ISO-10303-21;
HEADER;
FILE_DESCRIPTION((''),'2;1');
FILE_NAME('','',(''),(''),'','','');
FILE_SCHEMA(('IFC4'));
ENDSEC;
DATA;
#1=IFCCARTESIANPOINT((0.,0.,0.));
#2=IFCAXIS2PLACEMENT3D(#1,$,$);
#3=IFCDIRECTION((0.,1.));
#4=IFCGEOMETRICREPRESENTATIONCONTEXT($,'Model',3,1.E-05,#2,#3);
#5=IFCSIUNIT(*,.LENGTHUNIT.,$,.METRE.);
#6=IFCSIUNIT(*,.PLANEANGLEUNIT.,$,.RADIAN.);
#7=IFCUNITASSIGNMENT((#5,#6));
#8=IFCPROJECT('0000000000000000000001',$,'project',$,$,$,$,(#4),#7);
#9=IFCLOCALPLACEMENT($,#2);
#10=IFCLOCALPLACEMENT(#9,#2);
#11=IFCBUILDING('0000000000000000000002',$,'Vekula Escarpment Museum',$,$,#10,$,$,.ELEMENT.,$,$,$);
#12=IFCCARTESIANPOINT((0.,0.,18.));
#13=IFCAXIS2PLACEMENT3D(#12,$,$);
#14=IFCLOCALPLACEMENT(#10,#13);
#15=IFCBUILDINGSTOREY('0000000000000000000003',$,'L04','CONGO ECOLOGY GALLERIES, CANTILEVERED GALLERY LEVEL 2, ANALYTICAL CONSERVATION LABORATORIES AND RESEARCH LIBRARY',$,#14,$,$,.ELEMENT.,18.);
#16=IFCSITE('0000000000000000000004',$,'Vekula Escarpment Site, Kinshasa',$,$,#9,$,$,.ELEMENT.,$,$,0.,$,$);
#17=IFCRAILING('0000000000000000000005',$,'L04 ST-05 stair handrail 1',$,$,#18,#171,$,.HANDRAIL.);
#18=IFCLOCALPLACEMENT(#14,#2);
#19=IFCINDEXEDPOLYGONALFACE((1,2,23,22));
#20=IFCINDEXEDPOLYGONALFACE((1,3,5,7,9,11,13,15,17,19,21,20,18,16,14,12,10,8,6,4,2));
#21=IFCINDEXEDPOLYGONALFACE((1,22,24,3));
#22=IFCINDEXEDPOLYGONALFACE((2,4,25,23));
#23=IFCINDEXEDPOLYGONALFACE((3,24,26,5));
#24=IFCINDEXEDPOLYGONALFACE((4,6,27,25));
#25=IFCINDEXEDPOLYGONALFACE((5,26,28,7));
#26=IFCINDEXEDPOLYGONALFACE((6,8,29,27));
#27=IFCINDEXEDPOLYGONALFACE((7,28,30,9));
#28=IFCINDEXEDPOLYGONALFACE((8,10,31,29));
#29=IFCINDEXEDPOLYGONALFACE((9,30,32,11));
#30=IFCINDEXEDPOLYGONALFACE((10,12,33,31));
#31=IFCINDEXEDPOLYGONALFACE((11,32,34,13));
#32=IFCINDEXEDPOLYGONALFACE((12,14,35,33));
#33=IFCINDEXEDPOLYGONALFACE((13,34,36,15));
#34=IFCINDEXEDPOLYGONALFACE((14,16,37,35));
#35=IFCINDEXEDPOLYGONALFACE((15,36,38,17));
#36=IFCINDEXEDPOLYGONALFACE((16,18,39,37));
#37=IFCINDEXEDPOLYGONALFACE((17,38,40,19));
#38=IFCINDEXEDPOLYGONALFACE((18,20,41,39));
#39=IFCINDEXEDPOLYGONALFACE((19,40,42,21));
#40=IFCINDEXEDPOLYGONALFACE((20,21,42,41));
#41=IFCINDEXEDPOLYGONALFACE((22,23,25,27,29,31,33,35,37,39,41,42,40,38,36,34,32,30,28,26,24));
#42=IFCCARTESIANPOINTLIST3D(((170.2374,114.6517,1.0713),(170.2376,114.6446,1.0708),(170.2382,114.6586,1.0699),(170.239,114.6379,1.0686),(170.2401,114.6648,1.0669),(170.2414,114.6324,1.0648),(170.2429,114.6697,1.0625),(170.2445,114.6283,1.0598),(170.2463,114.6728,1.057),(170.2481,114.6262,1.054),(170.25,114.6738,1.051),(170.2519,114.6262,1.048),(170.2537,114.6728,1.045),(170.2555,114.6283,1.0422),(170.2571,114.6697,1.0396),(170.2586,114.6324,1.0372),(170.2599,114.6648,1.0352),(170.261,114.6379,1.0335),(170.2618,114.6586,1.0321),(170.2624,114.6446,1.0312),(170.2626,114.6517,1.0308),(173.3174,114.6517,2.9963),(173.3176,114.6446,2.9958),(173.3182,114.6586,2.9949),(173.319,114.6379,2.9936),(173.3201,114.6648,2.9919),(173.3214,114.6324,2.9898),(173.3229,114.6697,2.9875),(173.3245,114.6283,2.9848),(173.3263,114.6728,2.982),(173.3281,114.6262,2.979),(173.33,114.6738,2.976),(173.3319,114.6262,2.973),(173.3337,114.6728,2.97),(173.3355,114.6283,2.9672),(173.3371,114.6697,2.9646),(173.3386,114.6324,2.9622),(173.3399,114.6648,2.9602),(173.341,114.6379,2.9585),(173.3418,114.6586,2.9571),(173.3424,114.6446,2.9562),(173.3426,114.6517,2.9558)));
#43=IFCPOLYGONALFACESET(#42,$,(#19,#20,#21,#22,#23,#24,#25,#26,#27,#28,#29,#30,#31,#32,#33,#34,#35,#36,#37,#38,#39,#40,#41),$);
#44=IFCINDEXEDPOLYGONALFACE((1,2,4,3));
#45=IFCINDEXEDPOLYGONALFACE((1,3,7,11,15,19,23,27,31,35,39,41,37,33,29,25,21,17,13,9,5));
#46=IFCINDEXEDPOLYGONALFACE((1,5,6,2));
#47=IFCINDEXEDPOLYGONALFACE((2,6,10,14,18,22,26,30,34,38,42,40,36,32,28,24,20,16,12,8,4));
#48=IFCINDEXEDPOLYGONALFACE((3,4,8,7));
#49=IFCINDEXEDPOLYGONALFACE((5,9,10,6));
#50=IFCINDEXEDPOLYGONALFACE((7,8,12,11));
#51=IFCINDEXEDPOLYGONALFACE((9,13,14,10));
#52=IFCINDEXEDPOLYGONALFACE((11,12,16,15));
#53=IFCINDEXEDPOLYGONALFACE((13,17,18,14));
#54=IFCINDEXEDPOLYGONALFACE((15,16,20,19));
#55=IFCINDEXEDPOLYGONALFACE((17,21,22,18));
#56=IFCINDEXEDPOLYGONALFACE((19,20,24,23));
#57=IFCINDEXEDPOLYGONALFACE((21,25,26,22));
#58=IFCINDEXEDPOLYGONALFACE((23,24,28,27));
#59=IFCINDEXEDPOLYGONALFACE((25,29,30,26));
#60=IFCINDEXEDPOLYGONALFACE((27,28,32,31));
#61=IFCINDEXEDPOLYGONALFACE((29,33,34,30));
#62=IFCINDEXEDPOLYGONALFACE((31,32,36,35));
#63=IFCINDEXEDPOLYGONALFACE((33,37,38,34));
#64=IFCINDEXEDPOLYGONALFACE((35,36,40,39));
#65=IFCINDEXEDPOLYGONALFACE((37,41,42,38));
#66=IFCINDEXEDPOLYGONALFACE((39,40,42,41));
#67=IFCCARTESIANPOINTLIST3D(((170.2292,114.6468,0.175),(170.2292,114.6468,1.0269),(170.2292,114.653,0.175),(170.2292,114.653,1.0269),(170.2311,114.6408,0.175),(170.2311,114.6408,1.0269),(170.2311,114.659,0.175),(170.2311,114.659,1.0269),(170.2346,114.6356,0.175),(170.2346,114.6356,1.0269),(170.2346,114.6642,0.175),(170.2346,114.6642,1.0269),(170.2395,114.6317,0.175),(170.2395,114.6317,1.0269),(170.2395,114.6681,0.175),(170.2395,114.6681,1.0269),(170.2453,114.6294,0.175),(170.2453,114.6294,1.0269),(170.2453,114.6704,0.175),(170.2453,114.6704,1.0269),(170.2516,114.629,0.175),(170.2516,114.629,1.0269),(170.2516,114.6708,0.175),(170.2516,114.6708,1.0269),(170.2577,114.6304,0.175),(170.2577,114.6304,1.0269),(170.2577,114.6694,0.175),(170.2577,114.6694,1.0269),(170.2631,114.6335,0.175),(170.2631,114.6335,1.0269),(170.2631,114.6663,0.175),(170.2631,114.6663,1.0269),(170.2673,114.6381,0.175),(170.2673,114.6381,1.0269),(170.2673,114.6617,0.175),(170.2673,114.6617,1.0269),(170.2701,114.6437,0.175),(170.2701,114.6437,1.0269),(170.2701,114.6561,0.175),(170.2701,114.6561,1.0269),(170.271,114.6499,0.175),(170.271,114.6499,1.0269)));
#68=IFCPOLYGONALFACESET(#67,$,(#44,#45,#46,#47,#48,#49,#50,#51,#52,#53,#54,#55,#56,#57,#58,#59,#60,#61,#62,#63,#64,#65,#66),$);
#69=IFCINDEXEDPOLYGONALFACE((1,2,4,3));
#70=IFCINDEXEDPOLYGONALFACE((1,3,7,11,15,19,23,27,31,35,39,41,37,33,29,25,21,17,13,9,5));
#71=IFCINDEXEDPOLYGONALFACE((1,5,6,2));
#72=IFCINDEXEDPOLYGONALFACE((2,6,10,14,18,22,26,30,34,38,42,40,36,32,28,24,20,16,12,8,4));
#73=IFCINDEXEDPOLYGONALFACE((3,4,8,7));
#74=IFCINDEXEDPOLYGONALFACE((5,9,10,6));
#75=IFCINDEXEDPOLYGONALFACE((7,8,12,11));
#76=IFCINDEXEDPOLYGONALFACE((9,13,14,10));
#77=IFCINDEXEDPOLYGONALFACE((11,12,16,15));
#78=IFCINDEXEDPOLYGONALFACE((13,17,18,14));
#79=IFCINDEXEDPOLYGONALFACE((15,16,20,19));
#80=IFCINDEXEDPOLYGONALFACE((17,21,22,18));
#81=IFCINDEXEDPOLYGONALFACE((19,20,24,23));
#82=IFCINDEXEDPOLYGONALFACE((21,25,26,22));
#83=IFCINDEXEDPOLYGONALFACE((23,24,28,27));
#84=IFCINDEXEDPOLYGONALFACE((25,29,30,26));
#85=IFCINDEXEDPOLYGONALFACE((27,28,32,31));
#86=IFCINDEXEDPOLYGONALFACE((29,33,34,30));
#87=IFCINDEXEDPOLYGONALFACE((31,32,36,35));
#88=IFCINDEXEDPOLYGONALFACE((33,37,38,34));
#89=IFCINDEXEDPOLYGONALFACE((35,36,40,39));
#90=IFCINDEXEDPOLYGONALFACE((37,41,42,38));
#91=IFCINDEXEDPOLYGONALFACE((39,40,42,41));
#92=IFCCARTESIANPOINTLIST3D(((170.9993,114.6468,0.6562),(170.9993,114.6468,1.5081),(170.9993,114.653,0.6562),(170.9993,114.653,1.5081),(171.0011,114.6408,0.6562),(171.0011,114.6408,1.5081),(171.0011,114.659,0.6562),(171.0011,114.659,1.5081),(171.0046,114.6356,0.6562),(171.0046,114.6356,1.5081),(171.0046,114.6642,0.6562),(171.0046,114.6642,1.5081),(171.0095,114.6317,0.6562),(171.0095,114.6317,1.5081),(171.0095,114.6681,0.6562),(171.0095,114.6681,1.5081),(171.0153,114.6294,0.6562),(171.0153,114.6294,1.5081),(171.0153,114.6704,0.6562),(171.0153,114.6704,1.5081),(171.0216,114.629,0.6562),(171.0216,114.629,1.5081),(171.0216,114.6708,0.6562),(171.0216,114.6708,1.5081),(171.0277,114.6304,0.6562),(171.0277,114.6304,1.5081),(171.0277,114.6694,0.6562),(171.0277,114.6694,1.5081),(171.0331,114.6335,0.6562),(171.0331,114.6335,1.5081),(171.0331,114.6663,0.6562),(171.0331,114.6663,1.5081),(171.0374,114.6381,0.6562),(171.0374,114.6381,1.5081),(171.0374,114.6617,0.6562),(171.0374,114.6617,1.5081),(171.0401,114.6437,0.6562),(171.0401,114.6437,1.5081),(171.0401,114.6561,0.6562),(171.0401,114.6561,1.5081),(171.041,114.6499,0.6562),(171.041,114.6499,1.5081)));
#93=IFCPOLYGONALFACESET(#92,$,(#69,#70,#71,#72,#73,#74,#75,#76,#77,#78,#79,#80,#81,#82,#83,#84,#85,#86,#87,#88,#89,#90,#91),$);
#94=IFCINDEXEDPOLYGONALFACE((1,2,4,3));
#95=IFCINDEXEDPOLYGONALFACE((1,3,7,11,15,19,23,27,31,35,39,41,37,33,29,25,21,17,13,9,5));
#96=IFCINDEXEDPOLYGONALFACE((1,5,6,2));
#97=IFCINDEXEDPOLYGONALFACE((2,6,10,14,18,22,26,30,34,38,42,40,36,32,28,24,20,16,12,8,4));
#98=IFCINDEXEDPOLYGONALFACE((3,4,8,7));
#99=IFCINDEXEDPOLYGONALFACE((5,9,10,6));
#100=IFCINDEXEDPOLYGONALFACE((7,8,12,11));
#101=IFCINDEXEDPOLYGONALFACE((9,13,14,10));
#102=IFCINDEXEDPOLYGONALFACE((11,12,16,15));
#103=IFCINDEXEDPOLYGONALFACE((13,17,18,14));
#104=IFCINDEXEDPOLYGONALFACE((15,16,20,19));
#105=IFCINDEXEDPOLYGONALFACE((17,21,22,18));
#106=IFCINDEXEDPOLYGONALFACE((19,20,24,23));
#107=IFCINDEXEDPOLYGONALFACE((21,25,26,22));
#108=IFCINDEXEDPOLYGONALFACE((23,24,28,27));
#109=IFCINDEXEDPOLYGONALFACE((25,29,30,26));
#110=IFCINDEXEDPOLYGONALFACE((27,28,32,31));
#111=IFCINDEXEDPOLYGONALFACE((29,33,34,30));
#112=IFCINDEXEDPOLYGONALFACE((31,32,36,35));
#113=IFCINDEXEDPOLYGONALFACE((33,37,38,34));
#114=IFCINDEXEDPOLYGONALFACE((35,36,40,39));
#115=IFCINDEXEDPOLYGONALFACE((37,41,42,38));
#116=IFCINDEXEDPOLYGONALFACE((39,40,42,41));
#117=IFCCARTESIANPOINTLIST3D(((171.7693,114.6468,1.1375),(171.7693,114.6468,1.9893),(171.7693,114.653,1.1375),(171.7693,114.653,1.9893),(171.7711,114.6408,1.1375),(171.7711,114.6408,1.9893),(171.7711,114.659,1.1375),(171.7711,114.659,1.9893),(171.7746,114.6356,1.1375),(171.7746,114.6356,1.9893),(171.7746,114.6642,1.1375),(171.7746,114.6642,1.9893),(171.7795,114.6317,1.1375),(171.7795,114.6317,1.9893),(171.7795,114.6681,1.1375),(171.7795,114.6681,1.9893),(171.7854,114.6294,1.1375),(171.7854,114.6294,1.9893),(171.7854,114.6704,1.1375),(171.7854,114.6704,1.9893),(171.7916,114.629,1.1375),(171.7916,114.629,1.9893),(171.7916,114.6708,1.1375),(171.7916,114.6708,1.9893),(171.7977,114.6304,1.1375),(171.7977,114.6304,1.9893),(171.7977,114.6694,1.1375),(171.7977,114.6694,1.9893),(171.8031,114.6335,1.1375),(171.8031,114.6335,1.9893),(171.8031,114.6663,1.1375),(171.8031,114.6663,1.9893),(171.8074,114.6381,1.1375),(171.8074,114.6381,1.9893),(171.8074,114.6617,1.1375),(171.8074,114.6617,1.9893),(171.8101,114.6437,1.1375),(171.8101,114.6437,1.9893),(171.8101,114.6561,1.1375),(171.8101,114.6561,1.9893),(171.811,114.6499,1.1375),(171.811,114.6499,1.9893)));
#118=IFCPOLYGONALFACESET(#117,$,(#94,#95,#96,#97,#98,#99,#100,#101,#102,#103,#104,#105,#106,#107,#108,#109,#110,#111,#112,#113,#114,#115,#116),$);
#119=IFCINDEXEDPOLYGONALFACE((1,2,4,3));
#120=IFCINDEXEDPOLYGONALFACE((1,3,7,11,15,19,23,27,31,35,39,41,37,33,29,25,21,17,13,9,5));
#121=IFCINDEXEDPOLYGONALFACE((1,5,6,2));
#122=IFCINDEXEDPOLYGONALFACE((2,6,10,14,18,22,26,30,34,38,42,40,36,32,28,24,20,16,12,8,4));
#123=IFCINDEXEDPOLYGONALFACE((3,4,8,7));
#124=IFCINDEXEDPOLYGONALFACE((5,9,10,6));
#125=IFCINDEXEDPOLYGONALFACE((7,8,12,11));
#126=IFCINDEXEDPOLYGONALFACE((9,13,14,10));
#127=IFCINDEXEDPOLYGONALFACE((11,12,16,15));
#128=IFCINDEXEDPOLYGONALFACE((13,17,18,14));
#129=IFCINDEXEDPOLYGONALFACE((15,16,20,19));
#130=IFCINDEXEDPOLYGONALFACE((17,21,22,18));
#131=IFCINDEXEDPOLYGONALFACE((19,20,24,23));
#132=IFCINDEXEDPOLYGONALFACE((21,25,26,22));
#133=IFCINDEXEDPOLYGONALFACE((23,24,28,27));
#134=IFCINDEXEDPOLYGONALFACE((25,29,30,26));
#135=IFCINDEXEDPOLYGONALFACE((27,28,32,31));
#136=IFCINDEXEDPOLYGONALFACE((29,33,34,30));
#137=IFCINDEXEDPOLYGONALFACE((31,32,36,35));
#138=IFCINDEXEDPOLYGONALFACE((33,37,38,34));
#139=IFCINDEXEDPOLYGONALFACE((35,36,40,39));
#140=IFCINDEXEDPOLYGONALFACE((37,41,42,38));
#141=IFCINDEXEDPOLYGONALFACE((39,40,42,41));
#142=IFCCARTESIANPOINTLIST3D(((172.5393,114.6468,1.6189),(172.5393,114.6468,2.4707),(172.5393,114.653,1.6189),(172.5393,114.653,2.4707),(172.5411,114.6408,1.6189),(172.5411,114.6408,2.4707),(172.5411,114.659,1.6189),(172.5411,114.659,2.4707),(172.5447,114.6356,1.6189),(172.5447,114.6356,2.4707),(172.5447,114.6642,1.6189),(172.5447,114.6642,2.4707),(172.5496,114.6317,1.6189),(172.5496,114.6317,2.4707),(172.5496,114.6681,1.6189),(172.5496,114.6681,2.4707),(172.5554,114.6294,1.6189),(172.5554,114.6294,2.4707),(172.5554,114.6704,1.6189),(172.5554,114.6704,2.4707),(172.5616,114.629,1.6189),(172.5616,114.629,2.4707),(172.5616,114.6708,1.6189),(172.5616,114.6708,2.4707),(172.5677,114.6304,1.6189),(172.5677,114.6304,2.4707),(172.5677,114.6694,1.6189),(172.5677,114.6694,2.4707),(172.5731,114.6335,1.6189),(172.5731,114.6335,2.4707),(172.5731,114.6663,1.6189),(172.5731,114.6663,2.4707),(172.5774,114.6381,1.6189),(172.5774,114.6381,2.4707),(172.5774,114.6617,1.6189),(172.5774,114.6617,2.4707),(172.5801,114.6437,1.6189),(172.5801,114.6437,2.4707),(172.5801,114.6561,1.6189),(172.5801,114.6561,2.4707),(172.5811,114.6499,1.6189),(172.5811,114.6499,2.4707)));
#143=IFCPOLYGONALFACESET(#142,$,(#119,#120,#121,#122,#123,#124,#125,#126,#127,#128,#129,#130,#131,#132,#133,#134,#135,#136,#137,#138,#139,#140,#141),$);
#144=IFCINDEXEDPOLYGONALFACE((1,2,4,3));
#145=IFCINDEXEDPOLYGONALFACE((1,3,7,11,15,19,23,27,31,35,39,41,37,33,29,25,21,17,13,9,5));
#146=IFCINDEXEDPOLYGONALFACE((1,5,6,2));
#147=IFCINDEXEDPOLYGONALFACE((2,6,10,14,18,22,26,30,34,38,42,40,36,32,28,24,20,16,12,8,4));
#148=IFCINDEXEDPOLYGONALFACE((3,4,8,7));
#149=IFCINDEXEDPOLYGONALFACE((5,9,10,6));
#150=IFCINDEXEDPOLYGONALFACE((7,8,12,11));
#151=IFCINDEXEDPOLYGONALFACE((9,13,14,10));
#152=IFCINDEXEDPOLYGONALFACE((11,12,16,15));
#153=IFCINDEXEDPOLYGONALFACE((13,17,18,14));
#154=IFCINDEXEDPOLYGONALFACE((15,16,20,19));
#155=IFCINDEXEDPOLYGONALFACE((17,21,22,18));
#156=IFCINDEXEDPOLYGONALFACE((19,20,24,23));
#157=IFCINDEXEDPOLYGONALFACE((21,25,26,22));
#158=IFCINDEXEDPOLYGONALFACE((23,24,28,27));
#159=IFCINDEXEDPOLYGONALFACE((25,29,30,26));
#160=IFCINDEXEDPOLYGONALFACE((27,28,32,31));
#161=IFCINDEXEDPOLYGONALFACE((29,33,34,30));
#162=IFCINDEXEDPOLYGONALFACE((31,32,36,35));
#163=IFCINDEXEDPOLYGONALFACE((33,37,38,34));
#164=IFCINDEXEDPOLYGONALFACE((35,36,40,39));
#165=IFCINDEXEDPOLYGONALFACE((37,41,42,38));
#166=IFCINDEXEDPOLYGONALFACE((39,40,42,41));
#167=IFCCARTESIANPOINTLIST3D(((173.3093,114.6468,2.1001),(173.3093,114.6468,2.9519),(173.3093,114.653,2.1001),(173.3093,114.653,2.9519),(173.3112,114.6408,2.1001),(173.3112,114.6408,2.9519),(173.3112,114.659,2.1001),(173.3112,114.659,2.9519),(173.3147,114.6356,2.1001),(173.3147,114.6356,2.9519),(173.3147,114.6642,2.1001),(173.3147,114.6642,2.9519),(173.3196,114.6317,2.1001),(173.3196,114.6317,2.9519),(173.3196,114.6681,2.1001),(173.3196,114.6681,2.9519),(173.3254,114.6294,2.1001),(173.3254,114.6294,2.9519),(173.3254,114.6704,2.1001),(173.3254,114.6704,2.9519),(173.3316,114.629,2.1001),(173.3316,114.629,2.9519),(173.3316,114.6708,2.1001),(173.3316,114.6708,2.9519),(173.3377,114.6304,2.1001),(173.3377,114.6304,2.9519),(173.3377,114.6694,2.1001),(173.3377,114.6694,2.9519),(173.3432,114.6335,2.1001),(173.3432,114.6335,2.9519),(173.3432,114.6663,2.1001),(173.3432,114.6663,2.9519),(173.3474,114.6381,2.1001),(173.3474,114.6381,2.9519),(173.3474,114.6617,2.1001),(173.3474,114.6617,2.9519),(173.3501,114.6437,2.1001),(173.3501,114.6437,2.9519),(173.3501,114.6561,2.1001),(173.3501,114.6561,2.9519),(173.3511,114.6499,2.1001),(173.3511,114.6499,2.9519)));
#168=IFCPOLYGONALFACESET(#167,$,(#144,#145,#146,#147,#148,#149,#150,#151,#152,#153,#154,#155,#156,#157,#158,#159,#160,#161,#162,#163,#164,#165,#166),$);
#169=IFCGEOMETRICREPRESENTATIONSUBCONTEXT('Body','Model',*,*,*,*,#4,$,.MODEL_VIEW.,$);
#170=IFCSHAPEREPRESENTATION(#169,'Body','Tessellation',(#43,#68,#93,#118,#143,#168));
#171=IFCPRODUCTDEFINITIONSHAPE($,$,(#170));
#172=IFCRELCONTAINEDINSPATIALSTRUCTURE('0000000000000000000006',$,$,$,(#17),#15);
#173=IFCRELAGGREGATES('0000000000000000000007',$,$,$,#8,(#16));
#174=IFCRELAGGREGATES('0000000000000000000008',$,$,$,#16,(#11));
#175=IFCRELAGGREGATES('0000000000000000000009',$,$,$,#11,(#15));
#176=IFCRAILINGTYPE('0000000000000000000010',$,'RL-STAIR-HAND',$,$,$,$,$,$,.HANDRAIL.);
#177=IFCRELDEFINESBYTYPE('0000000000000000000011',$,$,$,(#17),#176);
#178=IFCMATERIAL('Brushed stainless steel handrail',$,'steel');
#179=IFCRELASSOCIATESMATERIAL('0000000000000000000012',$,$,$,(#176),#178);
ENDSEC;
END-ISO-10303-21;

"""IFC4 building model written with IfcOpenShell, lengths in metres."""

from ifc_helpers import new_model, si_unit, direction, frame, origin, origin_2d, place, context, subcontext, project, spatial, circle, extrude, material, type_object, element, save


model = new_model("IFC4")

# Units and contexts
model_context = context("Model", 3, precision=1e-05, world=origin(), true_north=direction((0.0, 1.0)))
body_context = subcontext(model_context, "Body", "Model", "MODEL_VIEW")
ifc_project = project(units=[si_unit("LENGTHUNIT", "METRE"), si_unit("PLANEANGLEUNIT", "RADIAN")], contexts=[model_context])

# Site, building, storey
site_placement = place(None, origin())
site = spatial("IfcSite", under=ifc_project, at=site_placement, Name="Vekula Escarpment Site, Kinshasa", CompositionType="ELEMENT", RefElevation=0.0)
building_placement = place(site_placement, origin())
building = spatial("IfcBuilding", under=site, at=building_placement, Name="Vekula Escarpment Museum", CompositionType="ELEMENT")
storey_placement = place(building_placement, frame((0.0, 0.0, 18.0)))
storey = spatial("IfcBuildingStorey", under=building, at=storey_placement, Name="L04", Description="CONGO ECOLOGY GALLERIES, CANTILEVERED GALLERY LEVEL 2, ANALYTICAL CONSERVATION LABORATORIES AND RESEARCH LIBRARY", CompositionType="ELEMENT", Elevation=18.0)

# Railing
ifc_material_1 = material(Name="Brushed stainless steel handrail", Category="steel")
railing_type = type_object("IfcRailingType", Name="RL-STAIR-HAND", PredefinedType="HANDRAIL", material=ifc_material_1)
railing_placement = place(storey_placement, frame((170.25, 114.6499, 0.175)))
element("IfcRailing", 1, at=railing_placement, inside=storey, type_object=railing_type, Name="L04 ST-05 stair handrail 1", PredefinedType="HANDRAIL", context=body_context, shape_type="SweptSolid", body=[
    extrude(circle(Radius=0.0239, at=origin_2d()), frame((0.0, 0.0, 0.876), z_axis=(0.847998, 0.0, 0.529999), x_axis=(0.0, 1.0, 0.0)), (0.0, 0.0, 1.0), 3.6321),
    extrude(circle(Radius=0.021, at=origin_2d()), origin(), (0.0, 0.0, 1.0), 0.8518),
    extrude(circle(Radius=0.021, at=origin_2d()), frame((0.77, 0.0, 0.4812)), (0.0, 0.0, 1.0), 0.8518),
    extrude(circle(Radius=0.021, at=origin_2d()), frame((1.54, 0.0, 0.9624)), (0.0, 0.0, 1.0), 0.8518),
    extrude(circle(Radius=0.021, at=origin_2d()), frame((2.3101, 0.0, 1.4438)), (0.0, 0.0, 1.0), 0.8518),
    extrude(circle(Radius=0.021, at=origin_2d()), frame((3.0801, 0.0, 1.925)), (0.0, 0.0, 1.0), 0.8518),
])

save(model, "model.ifc")
